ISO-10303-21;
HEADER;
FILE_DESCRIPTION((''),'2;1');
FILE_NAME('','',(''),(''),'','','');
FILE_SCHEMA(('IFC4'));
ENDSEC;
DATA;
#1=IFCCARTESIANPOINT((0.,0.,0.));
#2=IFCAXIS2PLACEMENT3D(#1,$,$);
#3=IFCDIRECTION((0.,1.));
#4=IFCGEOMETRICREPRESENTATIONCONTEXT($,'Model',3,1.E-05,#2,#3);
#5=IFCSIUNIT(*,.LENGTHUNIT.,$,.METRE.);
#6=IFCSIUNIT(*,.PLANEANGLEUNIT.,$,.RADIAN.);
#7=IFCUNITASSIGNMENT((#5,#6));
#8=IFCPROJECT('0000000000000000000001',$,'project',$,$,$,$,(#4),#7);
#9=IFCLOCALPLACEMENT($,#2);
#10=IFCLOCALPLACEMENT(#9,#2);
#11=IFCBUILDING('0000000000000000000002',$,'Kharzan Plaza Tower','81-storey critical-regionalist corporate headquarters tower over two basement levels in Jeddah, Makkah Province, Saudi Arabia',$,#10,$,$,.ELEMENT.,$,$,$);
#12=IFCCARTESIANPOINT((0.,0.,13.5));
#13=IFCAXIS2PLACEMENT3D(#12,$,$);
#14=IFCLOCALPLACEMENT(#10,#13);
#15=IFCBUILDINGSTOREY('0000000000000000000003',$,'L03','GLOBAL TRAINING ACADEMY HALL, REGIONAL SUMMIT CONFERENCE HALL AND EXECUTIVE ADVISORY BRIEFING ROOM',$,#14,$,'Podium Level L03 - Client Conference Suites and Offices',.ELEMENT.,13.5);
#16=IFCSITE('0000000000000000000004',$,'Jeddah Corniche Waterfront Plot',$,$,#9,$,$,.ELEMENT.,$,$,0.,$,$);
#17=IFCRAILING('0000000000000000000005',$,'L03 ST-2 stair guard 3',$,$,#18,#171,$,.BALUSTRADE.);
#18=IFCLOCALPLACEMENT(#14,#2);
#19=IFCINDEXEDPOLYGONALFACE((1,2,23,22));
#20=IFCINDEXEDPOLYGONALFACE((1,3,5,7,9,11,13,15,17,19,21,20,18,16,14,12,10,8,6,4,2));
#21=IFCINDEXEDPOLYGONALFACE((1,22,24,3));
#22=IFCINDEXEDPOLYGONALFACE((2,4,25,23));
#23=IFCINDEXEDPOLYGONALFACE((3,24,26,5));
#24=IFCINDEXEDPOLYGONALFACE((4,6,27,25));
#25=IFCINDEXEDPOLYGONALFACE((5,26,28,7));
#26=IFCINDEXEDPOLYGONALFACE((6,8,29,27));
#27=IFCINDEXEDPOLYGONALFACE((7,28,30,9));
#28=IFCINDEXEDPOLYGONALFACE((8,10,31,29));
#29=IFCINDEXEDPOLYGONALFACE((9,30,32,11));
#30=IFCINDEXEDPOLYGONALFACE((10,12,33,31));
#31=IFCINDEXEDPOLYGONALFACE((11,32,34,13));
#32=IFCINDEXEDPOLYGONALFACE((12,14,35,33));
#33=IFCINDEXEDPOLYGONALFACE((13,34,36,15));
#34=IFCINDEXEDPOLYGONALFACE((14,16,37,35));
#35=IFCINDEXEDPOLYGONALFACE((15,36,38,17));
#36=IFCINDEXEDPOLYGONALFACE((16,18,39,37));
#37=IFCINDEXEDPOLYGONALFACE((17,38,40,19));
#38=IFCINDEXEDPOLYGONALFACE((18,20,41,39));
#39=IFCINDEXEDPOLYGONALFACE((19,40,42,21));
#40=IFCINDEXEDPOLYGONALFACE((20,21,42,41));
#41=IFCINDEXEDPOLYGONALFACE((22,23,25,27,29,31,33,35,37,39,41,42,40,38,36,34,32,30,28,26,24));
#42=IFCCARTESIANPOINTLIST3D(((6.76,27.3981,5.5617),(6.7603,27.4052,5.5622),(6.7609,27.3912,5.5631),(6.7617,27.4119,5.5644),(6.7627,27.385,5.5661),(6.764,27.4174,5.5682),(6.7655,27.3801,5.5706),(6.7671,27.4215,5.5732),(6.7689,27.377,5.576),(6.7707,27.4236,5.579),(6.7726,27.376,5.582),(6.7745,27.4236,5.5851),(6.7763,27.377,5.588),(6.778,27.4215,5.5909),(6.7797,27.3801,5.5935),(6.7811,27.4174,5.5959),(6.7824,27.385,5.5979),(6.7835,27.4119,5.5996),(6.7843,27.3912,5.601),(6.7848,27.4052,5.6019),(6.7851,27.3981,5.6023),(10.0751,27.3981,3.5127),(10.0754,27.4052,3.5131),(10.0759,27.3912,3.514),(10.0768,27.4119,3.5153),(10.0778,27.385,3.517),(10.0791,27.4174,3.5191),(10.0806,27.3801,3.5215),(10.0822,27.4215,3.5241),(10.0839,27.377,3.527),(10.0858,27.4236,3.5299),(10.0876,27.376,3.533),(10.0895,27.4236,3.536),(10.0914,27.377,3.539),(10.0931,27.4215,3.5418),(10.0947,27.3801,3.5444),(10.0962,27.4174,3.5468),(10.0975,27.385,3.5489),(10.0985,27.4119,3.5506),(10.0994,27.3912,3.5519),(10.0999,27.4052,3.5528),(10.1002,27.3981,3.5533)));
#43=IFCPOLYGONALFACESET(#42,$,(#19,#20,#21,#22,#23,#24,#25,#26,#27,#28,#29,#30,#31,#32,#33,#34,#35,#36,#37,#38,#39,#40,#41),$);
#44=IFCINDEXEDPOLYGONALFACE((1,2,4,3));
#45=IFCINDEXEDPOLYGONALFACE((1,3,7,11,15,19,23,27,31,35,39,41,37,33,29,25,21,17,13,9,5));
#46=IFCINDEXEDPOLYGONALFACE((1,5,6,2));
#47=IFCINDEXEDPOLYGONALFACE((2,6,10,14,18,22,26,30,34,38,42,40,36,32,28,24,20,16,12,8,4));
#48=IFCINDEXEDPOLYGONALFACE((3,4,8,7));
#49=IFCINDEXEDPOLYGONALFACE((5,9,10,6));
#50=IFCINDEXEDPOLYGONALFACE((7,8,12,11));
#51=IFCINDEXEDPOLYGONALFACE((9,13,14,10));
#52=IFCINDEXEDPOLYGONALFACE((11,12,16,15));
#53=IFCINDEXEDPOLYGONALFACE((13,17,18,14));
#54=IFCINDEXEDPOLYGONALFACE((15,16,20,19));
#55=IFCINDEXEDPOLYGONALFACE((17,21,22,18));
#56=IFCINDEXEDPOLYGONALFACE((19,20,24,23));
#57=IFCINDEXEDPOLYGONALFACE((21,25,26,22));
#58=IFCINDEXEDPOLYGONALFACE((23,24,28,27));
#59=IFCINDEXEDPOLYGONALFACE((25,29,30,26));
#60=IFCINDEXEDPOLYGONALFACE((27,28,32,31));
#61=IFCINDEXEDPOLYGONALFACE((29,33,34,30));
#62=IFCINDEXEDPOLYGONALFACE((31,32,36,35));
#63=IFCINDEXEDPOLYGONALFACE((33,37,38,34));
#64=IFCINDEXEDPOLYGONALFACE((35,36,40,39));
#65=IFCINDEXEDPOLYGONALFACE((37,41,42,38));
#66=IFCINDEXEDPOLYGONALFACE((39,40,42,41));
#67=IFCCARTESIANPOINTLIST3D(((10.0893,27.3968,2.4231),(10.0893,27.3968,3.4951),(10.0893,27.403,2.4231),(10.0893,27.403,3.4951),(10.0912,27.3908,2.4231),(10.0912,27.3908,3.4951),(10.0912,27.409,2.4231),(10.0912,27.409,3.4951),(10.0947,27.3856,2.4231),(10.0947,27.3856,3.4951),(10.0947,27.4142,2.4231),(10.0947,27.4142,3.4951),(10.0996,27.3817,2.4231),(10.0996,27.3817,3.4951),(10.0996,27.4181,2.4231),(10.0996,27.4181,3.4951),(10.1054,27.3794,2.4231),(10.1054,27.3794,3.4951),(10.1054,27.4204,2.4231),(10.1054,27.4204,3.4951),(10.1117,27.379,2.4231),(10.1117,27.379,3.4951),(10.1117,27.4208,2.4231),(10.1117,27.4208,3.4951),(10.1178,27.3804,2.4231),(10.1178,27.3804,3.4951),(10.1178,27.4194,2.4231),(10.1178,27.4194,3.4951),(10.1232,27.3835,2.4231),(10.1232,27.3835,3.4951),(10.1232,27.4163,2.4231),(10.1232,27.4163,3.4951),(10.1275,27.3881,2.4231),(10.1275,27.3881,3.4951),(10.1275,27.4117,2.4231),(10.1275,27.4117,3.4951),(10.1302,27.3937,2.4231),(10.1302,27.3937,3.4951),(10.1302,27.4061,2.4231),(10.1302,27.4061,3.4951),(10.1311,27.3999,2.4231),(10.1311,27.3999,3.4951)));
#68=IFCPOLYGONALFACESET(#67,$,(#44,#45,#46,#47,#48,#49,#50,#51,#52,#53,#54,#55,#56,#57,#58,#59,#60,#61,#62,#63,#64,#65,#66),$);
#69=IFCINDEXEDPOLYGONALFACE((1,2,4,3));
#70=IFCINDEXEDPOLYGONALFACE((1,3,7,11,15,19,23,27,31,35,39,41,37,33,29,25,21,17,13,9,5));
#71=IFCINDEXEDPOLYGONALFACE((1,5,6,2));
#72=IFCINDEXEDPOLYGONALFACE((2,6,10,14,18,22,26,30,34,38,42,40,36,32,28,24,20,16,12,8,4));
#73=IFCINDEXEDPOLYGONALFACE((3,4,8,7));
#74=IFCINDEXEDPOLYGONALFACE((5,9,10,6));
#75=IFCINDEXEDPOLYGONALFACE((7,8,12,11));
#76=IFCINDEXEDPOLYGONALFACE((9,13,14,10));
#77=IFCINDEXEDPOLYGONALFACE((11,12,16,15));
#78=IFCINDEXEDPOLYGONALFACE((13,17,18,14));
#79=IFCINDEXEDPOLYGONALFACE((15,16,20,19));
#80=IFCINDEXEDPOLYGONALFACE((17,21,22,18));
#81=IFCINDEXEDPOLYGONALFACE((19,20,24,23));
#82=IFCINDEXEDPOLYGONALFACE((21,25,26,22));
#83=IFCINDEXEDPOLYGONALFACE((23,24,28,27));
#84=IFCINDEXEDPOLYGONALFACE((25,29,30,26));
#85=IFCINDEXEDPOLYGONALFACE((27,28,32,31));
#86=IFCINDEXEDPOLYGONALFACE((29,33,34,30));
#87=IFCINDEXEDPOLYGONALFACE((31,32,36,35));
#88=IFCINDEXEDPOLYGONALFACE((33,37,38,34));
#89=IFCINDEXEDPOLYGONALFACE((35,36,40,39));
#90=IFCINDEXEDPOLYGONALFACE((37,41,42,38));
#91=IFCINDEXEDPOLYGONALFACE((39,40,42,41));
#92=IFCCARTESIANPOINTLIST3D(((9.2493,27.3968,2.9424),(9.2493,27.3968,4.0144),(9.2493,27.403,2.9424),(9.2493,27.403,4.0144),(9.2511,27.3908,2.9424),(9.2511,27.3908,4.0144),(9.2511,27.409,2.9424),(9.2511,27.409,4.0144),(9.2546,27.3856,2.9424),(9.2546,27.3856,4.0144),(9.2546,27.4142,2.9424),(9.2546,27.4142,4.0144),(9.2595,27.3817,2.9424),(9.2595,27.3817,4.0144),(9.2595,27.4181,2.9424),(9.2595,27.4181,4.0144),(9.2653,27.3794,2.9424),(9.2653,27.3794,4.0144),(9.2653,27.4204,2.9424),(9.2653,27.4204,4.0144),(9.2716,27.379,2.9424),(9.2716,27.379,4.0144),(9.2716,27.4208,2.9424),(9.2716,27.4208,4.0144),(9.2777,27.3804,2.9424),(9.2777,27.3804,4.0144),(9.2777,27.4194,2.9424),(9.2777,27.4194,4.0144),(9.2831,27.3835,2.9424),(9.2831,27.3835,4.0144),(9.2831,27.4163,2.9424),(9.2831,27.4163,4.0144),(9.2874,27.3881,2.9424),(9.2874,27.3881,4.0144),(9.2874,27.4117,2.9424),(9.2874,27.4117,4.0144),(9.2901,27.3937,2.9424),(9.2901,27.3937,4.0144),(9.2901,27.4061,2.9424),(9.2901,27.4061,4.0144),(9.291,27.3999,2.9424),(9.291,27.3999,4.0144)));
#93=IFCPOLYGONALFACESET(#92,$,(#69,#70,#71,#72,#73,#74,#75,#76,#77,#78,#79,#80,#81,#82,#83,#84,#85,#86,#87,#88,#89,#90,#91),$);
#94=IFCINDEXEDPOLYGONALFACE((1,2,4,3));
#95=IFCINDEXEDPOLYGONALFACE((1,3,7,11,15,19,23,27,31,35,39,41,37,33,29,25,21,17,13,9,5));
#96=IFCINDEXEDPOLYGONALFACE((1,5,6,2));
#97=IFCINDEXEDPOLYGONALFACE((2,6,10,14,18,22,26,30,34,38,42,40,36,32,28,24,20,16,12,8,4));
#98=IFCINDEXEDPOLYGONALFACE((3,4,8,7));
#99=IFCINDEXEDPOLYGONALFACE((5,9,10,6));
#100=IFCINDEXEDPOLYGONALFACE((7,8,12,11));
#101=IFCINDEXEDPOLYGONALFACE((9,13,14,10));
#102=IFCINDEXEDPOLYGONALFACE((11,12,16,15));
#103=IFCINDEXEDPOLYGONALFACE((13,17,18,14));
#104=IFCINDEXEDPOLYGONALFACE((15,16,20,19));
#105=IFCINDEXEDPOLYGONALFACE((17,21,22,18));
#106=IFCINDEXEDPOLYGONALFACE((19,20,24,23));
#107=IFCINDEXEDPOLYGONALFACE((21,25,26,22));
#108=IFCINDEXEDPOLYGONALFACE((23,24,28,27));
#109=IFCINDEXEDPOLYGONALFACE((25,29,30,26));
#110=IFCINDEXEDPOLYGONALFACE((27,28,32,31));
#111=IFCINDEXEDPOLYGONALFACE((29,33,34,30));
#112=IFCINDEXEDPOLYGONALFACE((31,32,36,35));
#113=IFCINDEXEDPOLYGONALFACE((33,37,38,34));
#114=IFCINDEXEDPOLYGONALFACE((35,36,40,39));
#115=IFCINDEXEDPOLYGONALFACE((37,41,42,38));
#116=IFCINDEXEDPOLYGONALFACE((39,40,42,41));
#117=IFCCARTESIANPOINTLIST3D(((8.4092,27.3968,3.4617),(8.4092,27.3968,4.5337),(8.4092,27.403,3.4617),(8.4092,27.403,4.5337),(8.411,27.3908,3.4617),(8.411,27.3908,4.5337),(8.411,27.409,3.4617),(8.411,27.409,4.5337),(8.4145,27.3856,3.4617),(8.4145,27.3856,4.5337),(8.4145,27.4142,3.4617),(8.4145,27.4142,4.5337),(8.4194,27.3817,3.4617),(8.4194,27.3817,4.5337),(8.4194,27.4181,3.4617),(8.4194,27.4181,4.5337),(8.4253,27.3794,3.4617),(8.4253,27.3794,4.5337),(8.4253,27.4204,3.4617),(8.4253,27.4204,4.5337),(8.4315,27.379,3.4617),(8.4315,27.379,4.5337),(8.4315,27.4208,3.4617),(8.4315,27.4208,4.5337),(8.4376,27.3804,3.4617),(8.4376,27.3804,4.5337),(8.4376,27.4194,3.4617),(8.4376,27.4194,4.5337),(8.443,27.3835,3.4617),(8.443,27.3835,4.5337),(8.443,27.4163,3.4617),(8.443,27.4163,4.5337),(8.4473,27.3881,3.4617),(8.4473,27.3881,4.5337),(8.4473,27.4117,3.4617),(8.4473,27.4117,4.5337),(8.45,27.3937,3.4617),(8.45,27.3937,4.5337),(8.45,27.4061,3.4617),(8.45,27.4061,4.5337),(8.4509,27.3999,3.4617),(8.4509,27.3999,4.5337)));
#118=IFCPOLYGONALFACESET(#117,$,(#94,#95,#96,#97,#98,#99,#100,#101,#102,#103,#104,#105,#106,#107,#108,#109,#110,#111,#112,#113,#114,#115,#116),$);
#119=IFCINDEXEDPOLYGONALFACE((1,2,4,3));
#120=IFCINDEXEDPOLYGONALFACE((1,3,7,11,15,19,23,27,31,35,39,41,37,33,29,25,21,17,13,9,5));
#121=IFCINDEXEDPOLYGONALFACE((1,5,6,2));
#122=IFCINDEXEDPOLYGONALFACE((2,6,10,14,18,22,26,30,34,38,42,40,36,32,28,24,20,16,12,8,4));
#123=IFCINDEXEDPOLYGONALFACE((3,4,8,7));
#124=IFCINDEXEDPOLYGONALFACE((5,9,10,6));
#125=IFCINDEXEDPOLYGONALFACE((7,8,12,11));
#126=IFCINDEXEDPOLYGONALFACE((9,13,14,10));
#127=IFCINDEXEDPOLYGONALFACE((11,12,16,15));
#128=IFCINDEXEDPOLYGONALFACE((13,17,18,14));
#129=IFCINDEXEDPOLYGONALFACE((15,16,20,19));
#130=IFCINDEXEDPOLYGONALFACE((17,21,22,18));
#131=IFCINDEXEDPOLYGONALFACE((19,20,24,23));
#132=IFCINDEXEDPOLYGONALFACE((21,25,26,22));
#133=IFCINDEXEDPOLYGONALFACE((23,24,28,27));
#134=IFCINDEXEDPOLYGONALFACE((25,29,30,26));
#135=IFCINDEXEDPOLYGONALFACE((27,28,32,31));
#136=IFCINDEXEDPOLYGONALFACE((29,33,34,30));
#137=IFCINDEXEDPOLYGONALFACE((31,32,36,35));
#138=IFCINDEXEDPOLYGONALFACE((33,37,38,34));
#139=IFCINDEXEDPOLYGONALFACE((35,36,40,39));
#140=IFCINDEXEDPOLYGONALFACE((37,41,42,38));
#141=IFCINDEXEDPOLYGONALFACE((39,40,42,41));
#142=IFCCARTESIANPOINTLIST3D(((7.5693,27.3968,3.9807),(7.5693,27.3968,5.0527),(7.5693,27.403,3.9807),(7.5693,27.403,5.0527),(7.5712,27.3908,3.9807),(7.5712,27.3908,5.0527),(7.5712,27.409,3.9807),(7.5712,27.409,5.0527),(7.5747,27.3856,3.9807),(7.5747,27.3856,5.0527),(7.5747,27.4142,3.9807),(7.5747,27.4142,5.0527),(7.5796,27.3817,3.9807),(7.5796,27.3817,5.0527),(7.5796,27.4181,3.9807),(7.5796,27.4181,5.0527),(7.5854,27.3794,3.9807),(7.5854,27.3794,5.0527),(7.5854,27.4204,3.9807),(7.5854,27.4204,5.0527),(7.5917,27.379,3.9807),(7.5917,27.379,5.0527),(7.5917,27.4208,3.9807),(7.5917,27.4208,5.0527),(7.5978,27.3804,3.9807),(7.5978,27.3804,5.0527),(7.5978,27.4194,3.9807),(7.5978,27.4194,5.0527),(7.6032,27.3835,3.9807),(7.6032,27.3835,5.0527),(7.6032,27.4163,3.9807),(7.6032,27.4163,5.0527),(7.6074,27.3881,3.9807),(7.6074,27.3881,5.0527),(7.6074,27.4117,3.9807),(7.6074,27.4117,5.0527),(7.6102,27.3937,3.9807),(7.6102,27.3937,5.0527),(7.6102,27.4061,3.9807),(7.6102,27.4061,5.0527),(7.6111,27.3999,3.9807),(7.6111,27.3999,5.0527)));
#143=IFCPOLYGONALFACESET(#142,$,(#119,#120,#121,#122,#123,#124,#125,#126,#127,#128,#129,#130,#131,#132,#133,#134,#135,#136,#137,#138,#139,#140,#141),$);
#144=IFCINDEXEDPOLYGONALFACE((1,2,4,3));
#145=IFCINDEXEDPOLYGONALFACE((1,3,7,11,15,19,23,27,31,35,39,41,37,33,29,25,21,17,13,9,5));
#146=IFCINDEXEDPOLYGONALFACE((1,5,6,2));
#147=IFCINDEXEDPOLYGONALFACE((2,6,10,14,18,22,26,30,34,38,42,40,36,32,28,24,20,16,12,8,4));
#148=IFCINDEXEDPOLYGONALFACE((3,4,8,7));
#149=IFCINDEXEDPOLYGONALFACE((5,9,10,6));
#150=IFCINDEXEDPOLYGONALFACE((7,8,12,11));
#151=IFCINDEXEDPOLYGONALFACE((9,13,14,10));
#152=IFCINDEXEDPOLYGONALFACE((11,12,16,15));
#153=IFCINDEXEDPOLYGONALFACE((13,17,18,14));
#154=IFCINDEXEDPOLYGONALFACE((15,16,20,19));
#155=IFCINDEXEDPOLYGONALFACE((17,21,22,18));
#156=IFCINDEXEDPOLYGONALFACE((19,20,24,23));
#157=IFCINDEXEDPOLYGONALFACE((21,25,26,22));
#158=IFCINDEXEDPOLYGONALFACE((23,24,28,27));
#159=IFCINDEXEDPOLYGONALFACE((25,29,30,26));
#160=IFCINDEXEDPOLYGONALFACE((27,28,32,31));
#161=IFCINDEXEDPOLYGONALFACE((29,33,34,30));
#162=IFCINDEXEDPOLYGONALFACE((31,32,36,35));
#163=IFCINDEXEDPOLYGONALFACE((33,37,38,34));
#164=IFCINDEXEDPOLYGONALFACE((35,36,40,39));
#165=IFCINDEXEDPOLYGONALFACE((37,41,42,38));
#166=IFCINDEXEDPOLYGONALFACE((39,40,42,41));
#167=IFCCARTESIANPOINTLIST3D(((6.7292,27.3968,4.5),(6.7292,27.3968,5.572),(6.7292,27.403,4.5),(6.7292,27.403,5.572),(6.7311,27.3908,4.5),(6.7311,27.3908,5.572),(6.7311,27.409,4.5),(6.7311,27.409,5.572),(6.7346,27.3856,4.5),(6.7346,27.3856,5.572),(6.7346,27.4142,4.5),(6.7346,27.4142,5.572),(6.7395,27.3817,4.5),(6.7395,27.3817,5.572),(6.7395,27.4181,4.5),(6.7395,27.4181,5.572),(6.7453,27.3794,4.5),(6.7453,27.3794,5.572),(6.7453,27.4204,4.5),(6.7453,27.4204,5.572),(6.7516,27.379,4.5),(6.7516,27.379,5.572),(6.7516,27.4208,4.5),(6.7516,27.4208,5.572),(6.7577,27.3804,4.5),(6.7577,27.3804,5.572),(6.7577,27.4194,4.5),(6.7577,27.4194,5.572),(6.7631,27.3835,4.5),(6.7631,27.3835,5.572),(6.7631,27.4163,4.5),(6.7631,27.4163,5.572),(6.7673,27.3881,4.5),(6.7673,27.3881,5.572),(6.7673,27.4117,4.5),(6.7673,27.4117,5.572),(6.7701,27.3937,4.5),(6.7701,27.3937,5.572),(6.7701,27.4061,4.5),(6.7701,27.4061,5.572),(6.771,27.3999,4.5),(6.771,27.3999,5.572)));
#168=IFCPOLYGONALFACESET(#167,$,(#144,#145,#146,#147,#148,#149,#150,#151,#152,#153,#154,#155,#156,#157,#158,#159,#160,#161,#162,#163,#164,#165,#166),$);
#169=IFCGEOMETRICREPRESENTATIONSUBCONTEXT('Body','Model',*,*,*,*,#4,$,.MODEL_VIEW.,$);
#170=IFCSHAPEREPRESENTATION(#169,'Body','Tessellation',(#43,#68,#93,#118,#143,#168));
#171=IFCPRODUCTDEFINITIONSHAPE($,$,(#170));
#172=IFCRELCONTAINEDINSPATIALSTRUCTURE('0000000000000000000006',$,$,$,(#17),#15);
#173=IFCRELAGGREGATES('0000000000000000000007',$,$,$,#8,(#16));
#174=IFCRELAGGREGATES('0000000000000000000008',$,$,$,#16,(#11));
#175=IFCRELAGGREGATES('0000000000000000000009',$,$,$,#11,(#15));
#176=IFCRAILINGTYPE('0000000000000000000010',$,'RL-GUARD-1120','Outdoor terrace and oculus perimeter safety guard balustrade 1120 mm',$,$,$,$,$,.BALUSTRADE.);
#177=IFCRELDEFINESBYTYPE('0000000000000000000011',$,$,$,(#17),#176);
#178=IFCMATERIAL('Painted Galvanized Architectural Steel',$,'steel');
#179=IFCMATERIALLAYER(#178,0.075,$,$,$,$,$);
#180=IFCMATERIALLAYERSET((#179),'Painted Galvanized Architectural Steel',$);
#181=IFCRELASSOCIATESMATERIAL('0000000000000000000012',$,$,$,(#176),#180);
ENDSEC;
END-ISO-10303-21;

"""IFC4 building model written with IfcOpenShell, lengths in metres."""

from ifc_helpers import new_model, si_unit, direction, frame, origin, origin_2d, place, context, subcontext, project, spatial, circle, extrude, source, transform, mapped, material, layer, layer_set, type_object, element, save


model = new_model("IFC4")

# Units and contexts
model_context = context("Model", 3, precision=1e-05, world=origin(), true_north=direction((0.0, 1.0)))
body_context = subcontext(model_context, "Body", "Model", "MODEL_VIEW")
ifc_project = project(units=[si_unit("LENGTHUNIT", "METRE"), si_unit("PLANEANGLEUNIT", "RADIAN")], contexts=[model_context])

# Site, building, storey
site_placement = place(None, origin())
site = spatial("IfcSite", under=ifc_project, at=site_placement, Name="Jeddah Corniche Waterfront Plot", CompositionType="ELEMENT", RefElevation=0.0)
building_placement = place(site_placement, origin())
building = spatial("IfcBuilding", under=site, at=building_placement, Name="Kharzan Plaza Tower", Description="81-storey critical-regionalist corporate headquarters tower over two basement levels in Jeddah, Makkah Province, Saudi Arabia", CompositionType="ELEMENT")
storey_placement = place(building_placement, frame((0.0, 0.0, 13.5)))
storey = spatial("IfcBuildingStorey", under=building, at=storey_placement, Name="L03", Description="GLOBAL TRAINING ACADEMY HALL, REGIONAL SUMMIT CONFERENCE HALL AND EXECUTIVE ADVISORY BRIEFING ROOM", LongName="Podium Level L03 - Client Conference Suites and Offices", CompositionType="ELEMENT", Elevation=13.5)

# Railing
ifc_material_1 = material(Name="Painted Galvanized Architectural Steel", Category="steel")
ifc_layer_1 = layer(ifc_material_1, 0.075)
ifc_layer_set_1 = layer_set([ifc_layer_1], Name="Painted Galvanized Architectural Steel")
railing_type_1 = type_object("IfcRailingType", Name="RL-GUARD-1120", Description="Outdoor terrace and oculus perimeter safety guard balustrade 1120 mm", PredefinedType="BALUSTRADE", material=ifc_layer_set_1)
shared_shape_1 = source(origin(), body_context, "Body", "SweptSolid", [
    extrude(circle(Radius=0.0239, at=origin_2d()), frame((-0.0225, 0.0, 1.1099), z_axis=(-0.850623, 0.0, 0.525776), x_axis=(0.0, -1.0, 0.0)), (0.0, 0.0, 1.0), 3.8972),
    extrude(circle(Radius=0.021, at=origin_2d()), origin(), (0.0, 0.0, 1.0), 1.072),
    extrude(circle(Radius=0.021, at=origin_2d()), frame((-0.8401, 0.0, 0.5193)), (0.0, 0.0, 1.0), 1.072),
    extrude(circle(Radius=0.021, at=origin_2d()), frame((-1.6802, 0.0, 1.0386)), (0.0, 0.0, 1.0), 1.072),
    extrude(circle(Radius=0.021, at=origin_2d()), frame((-2.52, 0.0, 1.5576)), (0.0, 0.0, 1.0), 1.072),
    extrude(circle(Radius=0.021, at=origin_2d()), frame((-3.3601, 0.0, 2.0769)), (0.0, 0.0, 1.0), 1.072),
])
railing_1_placement = place(storey_placement, frame((10.1101, 27.3999, 2.4231)))
element("IfcRailing", 1, at=railing_1_placement, inside=storey, type_object=railing_type_1, Name="L03 ST-2 stair guard 3", PredefinedType="BALUSTRADE", context=body_context, shape_type="MappedRepresentation", body=[
    mapped(shared_shape_1, transform((0.0, 0.0, 0.0), x_axis=(1.0, 0.0, 0.0), y_axis=(0.0, 1.0, 0.0), z_axis=(0.0, 0.0, 1.0))),
])

save(model, "model.ifc")
